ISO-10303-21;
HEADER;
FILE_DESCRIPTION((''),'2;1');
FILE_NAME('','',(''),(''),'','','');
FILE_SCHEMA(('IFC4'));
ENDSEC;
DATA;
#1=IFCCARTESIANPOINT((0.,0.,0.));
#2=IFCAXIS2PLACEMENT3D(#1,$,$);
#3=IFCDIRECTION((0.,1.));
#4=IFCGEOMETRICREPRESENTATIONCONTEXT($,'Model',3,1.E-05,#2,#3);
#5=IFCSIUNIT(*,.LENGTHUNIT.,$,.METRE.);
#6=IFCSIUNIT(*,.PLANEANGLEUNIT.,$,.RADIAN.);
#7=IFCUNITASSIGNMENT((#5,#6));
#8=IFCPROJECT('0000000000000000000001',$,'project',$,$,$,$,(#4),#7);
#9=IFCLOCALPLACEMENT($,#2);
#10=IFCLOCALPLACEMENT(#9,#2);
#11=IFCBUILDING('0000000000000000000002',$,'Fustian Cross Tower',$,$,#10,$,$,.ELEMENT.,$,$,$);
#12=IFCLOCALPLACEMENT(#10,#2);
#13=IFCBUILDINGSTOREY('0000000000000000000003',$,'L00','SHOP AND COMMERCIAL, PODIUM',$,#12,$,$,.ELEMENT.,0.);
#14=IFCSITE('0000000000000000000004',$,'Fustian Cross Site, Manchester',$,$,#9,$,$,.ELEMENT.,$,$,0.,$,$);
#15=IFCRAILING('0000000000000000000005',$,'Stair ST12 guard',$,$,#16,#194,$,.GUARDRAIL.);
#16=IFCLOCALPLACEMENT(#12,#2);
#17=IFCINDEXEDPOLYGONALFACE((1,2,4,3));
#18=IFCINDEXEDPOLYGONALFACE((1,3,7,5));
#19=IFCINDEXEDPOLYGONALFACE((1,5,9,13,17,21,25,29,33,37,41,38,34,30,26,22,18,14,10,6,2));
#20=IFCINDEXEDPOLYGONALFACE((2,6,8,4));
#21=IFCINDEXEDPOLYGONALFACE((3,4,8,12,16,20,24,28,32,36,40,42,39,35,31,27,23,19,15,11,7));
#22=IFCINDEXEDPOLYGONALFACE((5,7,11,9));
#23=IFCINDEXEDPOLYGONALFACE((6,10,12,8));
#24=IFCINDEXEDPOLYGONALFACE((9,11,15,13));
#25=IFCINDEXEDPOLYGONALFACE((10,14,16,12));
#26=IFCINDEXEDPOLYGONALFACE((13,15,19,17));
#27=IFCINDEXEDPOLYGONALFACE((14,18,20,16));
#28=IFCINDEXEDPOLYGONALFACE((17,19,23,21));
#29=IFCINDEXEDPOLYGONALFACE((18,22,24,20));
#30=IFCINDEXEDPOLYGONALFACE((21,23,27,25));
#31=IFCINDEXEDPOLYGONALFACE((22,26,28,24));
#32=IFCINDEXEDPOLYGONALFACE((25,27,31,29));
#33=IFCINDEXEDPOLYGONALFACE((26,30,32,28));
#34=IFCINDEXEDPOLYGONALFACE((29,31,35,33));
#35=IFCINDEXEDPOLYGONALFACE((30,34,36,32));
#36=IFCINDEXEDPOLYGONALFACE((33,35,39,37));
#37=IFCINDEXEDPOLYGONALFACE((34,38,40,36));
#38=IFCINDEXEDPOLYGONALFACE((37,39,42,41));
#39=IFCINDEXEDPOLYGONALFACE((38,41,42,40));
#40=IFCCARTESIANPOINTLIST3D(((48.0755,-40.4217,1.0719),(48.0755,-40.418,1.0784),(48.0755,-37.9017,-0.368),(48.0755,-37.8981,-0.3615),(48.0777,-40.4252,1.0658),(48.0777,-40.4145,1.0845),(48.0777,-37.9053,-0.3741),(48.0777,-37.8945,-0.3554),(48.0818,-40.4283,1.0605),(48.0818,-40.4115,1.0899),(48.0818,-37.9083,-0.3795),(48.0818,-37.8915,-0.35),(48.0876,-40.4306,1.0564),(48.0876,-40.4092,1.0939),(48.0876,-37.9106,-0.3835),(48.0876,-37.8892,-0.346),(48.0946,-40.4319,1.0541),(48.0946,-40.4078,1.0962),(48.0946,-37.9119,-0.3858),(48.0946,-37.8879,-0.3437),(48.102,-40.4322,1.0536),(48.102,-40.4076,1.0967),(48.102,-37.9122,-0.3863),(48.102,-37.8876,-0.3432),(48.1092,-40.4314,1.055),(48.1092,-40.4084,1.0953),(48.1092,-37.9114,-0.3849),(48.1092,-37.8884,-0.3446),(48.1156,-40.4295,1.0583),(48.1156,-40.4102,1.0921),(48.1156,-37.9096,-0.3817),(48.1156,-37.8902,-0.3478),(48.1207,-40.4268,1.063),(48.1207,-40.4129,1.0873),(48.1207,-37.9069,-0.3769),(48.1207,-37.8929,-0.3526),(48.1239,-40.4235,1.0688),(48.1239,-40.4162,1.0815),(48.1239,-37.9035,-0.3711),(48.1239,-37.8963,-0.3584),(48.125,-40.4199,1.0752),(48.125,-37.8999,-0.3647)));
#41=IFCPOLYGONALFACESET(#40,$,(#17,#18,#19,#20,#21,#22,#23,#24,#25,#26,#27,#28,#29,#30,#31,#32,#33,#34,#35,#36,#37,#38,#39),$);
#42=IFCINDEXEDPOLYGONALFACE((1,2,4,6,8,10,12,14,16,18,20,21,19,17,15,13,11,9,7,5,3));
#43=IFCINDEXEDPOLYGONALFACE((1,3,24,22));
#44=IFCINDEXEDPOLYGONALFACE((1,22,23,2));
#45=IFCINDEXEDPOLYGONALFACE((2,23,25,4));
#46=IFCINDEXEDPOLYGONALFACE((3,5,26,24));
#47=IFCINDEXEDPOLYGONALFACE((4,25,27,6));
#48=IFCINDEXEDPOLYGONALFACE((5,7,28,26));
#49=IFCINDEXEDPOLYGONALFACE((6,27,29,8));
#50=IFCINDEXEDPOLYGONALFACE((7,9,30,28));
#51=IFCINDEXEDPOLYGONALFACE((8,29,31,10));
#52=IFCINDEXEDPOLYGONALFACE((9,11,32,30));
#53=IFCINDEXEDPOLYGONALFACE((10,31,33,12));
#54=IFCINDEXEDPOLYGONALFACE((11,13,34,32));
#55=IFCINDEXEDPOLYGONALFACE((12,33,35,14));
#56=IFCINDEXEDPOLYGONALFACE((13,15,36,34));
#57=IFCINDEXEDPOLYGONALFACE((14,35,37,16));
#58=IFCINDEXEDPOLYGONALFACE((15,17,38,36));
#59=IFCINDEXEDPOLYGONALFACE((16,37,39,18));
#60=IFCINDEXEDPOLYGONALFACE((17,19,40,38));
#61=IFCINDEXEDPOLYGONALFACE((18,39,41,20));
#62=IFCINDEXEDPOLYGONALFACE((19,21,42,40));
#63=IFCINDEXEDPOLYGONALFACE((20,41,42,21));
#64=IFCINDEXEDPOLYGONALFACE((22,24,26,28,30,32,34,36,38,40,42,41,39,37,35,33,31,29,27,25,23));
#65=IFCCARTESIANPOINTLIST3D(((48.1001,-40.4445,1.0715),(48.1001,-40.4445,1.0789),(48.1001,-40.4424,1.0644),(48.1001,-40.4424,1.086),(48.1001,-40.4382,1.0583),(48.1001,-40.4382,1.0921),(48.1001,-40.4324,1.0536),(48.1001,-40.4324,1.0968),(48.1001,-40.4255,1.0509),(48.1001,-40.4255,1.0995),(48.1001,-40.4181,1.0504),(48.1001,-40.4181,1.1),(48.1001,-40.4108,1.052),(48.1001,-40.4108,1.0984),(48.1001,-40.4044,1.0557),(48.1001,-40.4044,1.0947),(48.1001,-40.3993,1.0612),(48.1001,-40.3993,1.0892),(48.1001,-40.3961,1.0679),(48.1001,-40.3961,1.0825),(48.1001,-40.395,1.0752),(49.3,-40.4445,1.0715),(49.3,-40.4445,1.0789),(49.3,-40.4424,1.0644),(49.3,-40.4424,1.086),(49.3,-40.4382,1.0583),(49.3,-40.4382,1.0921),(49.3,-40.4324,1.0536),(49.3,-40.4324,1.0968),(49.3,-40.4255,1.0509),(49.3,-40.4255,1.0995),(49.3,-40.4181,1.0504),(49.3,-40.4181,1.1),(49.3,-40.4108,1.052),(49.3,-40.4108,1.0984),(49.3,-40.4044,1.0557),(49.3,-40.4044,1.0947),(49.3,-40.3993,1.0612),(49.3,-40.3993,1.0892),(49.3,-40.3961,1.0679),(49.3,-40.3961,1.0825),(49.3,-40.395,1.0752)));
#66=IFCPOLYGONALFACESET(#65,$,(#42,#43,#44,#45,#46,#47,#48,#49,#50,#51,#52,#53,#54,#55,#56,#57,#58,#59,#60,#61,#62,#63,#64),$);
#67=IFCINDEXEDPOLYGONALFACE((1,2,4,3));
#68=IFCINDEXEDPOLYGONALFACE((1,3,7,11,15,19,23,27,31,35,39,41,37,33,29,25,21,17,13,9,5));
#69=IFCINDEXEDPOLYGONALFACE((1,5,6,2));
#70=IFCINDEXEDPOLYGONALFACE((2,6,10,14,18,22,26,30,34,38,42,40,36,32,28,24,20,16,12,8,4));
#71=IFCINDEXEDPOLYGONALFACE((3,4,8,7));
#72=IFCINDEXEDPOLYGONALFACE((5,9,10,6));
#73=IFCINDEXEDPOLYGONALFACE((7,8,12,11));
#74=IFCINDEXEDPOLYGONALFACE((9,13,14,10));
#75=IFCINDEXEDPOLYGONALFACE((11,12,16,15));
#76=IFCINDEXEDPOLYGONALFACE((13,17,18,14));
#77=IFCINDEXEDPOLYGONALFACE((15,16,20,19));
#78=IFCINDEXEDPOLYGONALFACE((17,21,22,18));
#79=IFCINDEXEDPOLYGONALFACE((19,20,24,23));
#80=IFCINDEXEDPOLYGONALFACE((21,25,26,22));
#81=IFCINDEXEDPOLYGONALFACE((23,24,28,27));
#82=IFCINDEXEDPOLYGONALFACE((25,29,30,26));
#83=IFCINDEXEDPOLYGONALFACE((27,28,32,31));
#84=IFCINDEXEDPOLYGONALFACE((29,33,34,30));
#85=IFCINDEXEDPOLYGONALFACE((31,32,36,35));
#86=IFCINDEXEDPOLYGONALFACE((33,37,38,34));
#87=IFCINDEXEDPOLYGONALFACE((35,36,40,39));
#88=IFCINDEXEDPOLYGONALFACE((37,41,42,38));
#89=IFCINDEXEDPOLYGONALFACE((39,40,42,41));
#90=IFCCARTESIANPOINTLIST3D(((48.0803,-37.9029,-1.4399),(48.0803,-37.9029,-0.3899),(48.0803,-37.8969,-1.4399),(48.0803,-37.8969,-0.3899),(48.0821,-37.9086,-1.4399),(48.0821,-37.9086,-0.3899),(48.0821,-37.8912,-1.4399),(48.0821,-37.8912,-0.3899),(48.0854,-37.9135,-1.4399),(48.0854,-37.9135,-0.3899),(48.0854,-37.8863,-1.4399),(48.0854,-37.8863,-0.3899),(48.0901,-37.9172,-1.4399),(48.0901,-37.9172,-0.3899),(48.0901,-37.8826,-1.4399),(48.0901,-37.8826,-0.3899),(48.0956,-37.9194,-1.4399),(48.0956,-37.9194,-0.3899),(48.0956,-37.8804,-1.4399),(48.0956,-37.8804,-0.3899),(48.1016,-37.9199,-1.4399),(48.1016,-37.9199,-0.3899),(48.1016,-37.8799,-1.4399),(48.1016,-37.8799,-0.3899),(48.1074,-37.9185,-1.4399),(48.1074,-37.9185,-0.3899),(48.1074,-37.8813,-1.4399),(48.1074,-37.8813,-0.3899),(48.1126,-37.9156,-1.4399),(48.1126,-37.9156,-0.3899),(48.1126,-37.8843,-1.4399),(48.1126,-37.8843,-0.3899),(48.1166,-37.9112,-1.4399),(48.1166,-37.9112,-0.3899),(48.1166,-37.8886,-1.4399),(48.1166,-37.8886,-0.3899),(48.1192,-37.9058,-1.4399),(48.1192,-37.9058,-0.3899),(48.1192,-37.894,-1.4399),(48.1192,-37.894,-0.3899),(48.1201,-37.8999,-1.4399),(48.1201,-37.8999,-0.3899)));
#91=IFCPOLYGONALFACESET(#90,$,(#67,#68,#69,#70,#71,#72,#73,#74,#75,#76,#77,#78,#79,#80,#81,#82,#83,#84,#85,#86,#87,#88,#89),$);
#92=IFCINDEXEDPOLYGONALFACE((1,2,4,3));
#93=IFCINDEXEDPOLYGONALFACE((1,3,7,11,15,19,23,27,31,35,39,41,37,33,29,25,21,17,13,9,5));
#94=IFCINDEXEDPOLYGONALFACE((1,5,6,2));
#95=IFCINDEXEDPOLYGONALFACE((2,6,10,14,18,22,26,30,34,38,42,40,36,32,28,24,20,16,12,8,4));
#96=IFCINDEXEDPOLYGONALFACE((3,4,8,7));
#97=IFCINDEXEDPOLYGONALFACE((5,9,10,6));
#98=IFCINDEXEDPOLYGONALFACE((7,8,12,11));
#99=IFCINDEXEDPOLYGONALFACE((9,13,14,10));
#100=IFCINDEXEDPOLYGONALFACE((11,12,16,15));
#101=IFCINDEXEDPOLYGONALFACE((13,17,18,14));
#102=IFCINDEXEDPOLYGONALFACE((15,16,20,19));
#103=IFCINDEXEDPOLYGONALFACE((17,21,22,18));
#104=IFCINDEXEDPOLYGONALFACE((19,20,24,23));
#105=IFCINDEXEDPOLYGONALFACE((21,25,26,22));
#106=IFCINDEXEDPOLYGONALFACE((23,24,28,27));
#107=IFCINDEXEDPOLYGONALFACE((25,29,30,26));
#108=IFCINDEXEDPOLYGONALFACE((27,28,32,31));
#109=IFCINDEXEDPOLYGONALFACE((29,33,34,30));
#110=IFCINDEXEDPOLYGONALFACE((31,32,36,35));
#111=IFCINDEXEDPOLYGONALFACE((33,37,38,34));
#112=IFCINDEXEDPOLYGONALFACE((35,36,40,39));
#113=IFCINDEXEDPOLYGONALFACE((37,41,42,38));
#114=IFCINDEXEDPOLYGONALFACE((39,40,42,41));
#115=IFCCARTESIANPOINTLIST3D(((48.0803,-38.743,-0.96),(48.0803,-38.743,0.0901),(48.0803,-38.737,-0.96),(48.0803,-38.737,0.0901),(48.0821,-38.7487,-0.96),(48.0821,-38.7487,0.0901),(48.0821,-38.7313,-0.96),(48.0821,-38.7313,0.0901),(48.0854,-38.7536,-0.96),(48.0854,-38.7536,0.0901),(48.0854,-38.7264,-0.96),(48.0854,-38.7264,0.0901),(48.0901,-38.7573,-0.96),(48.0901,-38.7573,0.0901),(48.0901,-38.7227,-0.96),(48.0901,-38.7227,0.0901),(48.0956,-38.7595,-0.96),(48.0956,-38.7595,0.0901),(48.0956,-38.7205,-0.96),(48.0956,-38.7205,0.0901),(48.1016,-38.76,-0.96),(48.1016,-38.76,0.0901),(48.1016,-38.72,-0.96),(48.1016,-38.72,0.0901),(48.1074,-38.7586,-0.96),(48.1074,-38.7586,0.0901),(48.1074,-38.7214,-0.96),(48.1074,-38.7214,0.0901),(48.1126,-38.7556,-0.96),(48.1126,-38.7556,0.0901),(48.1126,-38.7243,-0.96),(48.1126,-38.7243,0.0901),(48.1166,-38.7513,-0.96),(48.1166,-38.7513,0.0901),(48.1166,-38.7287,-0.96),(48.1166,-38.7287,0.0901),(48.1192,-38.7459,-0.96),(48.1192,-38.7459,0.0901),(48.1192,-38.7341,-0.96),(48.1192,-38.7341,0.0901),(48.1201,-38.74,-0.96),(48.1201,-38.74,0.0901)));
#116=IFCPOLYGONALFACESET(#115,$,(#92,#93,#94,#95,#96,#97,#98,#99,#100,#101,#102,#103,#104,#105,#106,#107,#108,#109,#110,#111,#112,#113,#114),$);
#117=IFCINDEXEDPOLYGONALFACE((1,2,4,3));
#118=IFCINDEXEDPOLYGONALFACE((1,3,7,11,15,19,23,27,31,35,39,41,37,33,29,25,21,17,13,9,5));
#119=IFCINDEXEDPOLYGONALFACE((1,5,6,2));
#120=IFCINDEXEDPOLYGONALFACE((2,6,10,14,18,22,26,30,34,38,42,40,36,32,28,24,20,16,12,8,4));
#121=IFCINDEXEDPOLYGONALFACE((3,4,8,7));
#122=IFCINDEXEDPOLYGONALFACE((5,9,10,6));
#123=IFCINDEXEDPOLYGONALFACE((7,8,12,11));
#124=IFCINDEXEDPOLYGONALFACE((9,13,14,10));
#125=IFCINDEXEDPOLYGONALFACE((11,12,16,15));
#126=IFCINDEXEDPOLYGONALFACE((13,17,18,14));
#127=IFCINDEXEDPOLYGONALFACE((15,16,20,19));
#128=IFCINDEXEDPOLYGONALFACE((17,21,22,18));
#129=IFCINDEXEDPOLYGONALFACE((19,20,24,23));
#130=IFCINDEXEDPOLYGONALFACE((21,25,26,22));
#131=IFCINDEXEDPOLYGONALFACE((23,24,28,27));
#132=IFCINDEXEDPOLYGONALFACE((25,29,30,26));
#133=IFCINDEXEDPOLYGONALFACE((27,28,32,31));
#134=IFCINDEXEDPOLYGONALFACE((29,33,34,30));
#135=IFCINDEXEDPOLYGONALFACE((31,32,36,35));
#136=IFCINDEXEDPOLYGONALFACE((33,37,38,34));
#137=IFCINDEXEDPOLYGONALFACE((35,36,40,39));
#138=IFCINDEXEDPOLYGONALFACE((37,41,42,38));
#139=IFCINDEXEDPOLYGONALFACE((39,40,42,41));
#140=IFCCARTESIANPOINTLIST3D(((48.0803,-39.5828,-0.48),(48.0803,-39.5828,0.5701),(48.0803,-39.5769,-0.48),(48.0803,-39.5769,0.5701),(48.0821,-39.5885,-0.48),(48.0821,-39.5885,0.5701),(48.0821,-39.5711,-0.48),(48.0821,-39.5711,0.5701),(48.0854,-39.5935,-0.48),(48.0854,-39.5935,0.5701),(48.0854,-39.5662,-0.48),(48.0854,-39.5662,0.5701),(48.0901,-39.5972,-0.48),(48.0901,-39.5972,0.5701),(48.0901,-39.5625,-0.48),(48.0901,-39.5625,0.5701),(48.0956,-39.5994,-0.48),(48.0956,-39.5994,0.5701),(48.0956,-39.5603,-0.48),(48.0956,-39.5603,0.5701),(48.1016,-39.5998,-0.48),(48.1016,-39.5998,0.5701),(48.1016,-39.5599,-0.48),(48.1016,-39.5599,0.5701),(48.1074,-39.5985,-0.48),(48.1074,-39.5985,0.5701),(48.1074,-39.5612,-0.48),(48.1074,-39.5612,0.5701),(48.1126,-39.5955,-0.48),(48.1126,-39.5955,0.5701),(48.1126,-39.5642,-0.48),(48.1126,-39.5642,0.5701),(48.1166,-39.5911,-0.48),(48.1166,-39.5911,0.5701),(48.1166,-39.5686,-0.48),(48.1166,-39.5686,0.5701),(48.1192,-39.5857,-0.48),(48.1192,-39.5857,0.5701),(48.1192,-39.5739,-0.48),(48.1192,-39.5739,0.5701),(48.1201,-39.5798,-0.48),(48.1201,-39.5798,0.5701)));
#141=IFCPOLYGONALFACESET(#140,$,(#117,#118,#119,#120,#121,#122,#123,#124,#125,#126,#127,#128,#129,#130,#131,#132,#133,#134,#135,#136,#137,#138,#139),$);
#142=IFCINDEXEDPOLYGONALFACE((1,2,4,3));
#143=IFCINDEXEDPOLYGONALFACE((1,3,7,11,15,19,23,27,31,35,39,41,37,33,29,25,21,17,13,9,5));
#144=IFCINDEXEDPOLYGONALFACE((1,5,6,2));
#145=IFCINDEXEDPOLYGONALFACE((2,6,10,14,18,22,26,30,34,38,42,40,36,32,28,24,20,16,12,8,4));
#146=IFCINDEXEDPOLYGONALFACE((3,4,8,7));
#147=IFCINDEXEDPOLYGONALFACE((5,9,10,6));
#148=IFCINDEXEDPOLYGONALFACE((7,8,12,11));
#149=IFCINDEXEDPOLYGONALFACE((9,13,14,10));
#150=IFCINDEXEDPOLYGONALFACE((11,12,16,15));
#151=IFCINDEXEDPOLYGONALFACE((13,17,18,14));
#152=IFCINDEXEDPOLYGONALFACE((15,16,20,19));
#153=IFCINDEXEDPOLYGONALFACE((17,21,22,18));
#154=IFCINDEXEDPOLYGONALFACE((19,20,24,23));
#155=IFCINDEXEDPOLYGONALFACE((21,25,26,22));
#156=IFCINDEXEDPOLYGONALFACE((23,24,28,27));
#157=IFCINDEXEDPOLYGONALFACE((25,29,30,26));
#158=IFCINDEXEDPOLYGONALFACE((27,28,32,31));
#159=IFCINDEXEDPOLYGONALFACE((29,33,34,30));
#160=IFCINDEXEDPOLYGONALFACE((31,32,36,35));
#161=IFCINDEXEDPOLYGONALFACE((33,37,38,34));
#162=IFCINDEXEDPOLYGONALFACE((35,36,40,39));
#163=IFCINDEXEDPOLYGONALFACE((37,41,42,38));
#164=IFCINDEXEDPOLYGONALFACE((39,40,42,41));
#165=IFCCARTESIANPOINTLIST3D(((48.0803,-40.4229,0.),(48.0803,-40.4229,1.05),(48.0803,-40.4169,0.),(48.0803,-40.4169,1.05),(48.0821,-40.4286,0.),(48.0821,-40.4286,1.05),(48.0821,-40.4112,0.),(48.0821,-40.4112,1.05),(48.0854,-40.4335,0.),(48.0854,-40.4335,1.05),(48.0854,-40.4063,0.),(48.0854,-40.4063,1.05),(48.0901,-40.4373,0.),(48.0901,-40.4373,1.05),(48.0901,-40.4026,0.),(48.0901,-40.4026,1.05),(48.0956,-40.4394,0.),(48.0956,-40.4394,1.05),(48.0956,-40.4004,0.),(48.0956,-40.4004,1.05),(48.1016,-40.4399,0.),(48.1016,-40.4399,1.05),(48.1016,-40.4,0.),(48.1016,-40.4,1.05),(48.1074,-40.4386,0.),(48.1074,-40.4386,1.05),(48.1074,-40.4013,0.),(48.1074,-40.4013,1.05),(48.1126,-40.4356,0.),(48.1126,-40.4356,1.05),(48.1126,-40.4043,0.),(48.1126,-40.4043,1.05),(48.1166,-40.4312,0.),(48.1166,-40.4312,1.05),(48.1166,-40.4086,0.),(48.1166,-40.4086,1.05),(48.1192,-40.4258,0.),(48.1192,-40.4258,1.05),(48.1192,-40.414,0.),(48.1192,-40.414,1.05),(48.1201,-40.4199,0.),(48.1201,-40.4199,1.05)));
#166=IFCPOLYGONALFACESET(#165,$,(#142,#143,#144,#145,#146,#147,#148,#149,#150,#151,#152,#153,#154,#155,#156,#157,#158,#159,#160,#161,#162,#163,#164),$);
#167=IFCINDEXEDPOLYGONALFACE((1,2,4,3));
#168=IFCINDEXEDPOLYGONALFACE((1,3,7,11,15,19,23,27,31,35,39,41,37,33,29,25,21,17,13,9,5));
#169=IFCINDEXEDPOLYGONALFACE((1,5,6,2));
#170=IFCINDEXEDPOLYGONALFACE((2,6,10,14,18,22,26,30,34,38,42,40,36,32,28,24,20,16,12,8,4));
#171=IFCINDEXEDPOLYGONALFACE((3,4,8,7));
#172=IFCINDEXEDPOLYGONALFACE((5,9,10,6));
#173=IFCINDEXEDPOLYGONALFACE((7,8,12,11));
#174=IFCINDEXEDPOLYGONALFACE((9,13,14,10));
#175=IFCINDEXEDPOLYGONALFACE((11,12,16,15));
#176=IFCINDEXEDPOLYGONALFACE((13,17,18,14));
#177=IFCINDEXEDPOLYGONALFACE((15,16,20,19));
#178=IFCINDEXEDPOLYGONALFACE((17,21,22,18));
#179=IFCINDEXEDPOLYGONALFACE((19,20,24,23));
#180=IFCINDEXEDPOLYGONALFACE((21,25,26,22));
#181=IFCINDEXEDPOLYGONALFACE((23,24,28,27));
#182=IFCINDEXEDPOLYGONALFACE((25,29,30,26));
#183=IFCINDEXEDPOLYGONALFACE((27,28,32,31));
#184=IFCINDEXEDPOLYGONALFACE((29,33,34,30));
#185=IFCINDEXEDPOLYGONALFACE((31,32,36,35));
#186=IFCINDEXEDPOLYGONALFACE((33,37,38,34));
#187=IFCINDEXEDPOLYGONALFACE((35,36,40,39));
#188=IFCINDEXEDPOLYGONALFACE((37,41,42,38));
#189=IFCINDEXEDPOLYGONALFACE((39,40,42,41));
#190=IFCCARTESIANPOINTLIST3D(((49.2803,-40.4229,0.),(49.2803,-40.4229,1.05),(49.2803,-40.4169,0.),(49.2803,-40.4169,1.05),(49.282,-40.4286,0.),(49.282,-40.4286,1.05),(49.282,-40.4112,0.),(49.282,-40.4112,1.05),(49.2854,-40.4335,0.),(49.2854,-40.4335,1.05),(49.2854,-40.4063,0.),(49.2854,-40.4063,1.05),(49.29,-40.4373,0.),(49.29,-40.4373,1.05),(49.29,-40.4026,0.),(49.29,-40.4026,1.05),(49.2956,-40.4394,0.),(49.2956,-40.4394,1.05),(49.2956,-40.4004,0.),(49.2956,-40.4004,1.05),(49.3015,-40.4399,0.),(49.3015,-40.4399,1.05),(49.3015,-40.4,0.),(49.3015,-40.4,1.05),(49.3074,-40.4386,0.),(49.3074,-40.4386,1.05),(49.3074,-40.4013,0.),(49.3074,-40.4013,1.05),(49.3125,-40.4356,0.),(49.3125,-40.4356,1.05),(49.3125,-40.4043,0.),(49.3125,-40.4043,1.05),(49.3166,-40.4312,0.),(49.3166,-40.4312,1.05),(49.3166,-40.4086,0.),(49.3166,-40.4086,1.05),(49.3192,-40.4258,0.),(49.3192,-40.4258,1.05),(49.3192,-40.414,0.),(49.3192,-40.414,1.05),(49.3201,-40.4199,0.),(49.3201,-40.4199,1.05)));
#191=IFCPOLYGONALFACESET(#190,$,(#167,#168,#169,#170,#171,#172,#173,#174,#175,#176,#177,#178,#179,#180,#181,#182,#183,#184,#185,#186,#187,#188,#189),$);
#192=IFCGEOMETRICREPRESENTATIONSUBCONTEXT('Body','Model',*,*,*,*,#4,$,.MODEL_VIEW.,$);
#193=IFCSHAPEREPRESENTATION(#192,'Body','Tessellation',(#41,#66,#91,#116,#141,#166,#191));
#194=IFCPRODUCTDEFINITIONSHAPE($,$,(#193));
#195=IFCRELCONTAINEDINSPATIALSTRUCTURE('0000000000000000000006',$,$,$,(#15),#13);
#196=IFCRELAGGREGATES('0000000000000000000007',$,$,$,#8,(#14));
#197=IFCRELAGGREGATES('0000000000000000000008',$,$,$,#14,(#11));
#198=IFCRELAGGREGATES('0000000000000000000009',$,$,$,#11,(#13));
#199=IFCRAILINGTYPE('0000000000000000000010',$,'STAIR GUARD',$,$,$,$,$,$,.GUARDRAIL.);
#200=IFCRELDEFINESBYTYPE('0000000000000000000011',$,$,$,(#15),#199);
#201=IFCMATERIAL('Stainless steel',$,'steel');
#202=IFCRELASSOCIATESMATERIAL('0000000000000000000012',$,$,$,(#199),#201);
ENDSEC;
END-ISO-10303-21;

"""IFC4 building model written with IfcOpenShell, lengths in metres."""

from ifc_helpers import new_model, si_unit, direction, frame, origin, origin_2d, place, context, subcontext, project, spatial, circle, extrude, material, type_object, element, save


model = new_model("IFC4")

# Units and contexts
model_context = context("Model", 3, precision=1e-05, world=origin(), true_north=direction((0.0, 1.0)))
body_context = subcontext(model_context, "Body", "Model", "MODEL_VIEW")
ifc_project = project(units=[si_unit("LENGTHUNIT", "METRE"), si_unit("PLANEANGLEUNIT", "RADIAN")], contexts=[model_context])

# Site, building, storey
site_placement = place(None, origin())
site = spatial("IfcSite", under=ifc_project, at=site_placement, Name="Fustian Cross Site, Manchester", CompositionType="ELEMENT", RefElevation=0.0)
building_placement = place(site_placement, origin())
building = spatial("IfcBuilding", under=site, at=building_placement, Name="Fustian Cross Tower", CompositionType="ELEMENT")
storey_placement = place(building_placement, origin())
storey = spatial("IfcBuildingStorey", under=building, at=storey_placement, Name="L00", Description="SHOP AND COMMERCIAL, PODIUM", CompositionType="ELEMENT", Elevation=0.0)

# Railing
ifc_material_1 = material(Name="Stainless steel", Category="steel")
railing_type = type_object("IfcRailingType", Name="STAIR GUARD", PredefinedType="GUARDRAIL", material=ifc_material_1)
railing_placement = place(storey_placement, frame((48.1001, -37.8999, -1.4399)))
element("IfcRailing", 1, at=railing_placement, inside=storey, type_object=railing_type, Name="Stair ST12 guard", PredefinedType="GUARDRAIL", context=body_context, shape_type="SweptSolid", body=[
    extrude(circle(Radius=0.0249, at=origin_2d()), frame((0.0, 0.0, 1.0752), z_axis=(0.0, -0.868253, 0.496121), x_axis=(1.0, 0.0, 0.0)), (0.0, 0.0, 1.0), 2.9023),
    extrude(circle(Radius=0.0249, at=origin_2d()), frame((0.0, -2.52, 2.5151), z_axis=(1.0, 0.0, 0.0), x_axis=(0.0, 1.0, 0.0)), (0.0, 0.0, 1.0), 1.2),
    extrude(circle(Radius=0.02, at=origin_2d()), origin(), (0.0, 0.0, 1.0), 1.05),
    extrude(circle(Radius=0.02, at=origin_2d()), frame((0.0, -0.8401, 0.48)), (0.0, 0.0, 1.0), 1.05),
    extrude(circle(Radius=0.02, at=origin_2d()), frame((0.0, -1.6799, 0.96)), (0.0, 0.0, 1.0), 1.05),
    extrude(circle(Radius=0.02, at=origin_2d()), frame((0.0, -2.52, 1.4399)), (0.0, 0.0, 1.0), 1.05),
    extrude(circle(Radius=0.02, at=origin_2d()), frame((1.2, -2.52, 1.4399)), (0.0, 0.0, 1.0), 1.05),
])

save(model, "model.ifc")
